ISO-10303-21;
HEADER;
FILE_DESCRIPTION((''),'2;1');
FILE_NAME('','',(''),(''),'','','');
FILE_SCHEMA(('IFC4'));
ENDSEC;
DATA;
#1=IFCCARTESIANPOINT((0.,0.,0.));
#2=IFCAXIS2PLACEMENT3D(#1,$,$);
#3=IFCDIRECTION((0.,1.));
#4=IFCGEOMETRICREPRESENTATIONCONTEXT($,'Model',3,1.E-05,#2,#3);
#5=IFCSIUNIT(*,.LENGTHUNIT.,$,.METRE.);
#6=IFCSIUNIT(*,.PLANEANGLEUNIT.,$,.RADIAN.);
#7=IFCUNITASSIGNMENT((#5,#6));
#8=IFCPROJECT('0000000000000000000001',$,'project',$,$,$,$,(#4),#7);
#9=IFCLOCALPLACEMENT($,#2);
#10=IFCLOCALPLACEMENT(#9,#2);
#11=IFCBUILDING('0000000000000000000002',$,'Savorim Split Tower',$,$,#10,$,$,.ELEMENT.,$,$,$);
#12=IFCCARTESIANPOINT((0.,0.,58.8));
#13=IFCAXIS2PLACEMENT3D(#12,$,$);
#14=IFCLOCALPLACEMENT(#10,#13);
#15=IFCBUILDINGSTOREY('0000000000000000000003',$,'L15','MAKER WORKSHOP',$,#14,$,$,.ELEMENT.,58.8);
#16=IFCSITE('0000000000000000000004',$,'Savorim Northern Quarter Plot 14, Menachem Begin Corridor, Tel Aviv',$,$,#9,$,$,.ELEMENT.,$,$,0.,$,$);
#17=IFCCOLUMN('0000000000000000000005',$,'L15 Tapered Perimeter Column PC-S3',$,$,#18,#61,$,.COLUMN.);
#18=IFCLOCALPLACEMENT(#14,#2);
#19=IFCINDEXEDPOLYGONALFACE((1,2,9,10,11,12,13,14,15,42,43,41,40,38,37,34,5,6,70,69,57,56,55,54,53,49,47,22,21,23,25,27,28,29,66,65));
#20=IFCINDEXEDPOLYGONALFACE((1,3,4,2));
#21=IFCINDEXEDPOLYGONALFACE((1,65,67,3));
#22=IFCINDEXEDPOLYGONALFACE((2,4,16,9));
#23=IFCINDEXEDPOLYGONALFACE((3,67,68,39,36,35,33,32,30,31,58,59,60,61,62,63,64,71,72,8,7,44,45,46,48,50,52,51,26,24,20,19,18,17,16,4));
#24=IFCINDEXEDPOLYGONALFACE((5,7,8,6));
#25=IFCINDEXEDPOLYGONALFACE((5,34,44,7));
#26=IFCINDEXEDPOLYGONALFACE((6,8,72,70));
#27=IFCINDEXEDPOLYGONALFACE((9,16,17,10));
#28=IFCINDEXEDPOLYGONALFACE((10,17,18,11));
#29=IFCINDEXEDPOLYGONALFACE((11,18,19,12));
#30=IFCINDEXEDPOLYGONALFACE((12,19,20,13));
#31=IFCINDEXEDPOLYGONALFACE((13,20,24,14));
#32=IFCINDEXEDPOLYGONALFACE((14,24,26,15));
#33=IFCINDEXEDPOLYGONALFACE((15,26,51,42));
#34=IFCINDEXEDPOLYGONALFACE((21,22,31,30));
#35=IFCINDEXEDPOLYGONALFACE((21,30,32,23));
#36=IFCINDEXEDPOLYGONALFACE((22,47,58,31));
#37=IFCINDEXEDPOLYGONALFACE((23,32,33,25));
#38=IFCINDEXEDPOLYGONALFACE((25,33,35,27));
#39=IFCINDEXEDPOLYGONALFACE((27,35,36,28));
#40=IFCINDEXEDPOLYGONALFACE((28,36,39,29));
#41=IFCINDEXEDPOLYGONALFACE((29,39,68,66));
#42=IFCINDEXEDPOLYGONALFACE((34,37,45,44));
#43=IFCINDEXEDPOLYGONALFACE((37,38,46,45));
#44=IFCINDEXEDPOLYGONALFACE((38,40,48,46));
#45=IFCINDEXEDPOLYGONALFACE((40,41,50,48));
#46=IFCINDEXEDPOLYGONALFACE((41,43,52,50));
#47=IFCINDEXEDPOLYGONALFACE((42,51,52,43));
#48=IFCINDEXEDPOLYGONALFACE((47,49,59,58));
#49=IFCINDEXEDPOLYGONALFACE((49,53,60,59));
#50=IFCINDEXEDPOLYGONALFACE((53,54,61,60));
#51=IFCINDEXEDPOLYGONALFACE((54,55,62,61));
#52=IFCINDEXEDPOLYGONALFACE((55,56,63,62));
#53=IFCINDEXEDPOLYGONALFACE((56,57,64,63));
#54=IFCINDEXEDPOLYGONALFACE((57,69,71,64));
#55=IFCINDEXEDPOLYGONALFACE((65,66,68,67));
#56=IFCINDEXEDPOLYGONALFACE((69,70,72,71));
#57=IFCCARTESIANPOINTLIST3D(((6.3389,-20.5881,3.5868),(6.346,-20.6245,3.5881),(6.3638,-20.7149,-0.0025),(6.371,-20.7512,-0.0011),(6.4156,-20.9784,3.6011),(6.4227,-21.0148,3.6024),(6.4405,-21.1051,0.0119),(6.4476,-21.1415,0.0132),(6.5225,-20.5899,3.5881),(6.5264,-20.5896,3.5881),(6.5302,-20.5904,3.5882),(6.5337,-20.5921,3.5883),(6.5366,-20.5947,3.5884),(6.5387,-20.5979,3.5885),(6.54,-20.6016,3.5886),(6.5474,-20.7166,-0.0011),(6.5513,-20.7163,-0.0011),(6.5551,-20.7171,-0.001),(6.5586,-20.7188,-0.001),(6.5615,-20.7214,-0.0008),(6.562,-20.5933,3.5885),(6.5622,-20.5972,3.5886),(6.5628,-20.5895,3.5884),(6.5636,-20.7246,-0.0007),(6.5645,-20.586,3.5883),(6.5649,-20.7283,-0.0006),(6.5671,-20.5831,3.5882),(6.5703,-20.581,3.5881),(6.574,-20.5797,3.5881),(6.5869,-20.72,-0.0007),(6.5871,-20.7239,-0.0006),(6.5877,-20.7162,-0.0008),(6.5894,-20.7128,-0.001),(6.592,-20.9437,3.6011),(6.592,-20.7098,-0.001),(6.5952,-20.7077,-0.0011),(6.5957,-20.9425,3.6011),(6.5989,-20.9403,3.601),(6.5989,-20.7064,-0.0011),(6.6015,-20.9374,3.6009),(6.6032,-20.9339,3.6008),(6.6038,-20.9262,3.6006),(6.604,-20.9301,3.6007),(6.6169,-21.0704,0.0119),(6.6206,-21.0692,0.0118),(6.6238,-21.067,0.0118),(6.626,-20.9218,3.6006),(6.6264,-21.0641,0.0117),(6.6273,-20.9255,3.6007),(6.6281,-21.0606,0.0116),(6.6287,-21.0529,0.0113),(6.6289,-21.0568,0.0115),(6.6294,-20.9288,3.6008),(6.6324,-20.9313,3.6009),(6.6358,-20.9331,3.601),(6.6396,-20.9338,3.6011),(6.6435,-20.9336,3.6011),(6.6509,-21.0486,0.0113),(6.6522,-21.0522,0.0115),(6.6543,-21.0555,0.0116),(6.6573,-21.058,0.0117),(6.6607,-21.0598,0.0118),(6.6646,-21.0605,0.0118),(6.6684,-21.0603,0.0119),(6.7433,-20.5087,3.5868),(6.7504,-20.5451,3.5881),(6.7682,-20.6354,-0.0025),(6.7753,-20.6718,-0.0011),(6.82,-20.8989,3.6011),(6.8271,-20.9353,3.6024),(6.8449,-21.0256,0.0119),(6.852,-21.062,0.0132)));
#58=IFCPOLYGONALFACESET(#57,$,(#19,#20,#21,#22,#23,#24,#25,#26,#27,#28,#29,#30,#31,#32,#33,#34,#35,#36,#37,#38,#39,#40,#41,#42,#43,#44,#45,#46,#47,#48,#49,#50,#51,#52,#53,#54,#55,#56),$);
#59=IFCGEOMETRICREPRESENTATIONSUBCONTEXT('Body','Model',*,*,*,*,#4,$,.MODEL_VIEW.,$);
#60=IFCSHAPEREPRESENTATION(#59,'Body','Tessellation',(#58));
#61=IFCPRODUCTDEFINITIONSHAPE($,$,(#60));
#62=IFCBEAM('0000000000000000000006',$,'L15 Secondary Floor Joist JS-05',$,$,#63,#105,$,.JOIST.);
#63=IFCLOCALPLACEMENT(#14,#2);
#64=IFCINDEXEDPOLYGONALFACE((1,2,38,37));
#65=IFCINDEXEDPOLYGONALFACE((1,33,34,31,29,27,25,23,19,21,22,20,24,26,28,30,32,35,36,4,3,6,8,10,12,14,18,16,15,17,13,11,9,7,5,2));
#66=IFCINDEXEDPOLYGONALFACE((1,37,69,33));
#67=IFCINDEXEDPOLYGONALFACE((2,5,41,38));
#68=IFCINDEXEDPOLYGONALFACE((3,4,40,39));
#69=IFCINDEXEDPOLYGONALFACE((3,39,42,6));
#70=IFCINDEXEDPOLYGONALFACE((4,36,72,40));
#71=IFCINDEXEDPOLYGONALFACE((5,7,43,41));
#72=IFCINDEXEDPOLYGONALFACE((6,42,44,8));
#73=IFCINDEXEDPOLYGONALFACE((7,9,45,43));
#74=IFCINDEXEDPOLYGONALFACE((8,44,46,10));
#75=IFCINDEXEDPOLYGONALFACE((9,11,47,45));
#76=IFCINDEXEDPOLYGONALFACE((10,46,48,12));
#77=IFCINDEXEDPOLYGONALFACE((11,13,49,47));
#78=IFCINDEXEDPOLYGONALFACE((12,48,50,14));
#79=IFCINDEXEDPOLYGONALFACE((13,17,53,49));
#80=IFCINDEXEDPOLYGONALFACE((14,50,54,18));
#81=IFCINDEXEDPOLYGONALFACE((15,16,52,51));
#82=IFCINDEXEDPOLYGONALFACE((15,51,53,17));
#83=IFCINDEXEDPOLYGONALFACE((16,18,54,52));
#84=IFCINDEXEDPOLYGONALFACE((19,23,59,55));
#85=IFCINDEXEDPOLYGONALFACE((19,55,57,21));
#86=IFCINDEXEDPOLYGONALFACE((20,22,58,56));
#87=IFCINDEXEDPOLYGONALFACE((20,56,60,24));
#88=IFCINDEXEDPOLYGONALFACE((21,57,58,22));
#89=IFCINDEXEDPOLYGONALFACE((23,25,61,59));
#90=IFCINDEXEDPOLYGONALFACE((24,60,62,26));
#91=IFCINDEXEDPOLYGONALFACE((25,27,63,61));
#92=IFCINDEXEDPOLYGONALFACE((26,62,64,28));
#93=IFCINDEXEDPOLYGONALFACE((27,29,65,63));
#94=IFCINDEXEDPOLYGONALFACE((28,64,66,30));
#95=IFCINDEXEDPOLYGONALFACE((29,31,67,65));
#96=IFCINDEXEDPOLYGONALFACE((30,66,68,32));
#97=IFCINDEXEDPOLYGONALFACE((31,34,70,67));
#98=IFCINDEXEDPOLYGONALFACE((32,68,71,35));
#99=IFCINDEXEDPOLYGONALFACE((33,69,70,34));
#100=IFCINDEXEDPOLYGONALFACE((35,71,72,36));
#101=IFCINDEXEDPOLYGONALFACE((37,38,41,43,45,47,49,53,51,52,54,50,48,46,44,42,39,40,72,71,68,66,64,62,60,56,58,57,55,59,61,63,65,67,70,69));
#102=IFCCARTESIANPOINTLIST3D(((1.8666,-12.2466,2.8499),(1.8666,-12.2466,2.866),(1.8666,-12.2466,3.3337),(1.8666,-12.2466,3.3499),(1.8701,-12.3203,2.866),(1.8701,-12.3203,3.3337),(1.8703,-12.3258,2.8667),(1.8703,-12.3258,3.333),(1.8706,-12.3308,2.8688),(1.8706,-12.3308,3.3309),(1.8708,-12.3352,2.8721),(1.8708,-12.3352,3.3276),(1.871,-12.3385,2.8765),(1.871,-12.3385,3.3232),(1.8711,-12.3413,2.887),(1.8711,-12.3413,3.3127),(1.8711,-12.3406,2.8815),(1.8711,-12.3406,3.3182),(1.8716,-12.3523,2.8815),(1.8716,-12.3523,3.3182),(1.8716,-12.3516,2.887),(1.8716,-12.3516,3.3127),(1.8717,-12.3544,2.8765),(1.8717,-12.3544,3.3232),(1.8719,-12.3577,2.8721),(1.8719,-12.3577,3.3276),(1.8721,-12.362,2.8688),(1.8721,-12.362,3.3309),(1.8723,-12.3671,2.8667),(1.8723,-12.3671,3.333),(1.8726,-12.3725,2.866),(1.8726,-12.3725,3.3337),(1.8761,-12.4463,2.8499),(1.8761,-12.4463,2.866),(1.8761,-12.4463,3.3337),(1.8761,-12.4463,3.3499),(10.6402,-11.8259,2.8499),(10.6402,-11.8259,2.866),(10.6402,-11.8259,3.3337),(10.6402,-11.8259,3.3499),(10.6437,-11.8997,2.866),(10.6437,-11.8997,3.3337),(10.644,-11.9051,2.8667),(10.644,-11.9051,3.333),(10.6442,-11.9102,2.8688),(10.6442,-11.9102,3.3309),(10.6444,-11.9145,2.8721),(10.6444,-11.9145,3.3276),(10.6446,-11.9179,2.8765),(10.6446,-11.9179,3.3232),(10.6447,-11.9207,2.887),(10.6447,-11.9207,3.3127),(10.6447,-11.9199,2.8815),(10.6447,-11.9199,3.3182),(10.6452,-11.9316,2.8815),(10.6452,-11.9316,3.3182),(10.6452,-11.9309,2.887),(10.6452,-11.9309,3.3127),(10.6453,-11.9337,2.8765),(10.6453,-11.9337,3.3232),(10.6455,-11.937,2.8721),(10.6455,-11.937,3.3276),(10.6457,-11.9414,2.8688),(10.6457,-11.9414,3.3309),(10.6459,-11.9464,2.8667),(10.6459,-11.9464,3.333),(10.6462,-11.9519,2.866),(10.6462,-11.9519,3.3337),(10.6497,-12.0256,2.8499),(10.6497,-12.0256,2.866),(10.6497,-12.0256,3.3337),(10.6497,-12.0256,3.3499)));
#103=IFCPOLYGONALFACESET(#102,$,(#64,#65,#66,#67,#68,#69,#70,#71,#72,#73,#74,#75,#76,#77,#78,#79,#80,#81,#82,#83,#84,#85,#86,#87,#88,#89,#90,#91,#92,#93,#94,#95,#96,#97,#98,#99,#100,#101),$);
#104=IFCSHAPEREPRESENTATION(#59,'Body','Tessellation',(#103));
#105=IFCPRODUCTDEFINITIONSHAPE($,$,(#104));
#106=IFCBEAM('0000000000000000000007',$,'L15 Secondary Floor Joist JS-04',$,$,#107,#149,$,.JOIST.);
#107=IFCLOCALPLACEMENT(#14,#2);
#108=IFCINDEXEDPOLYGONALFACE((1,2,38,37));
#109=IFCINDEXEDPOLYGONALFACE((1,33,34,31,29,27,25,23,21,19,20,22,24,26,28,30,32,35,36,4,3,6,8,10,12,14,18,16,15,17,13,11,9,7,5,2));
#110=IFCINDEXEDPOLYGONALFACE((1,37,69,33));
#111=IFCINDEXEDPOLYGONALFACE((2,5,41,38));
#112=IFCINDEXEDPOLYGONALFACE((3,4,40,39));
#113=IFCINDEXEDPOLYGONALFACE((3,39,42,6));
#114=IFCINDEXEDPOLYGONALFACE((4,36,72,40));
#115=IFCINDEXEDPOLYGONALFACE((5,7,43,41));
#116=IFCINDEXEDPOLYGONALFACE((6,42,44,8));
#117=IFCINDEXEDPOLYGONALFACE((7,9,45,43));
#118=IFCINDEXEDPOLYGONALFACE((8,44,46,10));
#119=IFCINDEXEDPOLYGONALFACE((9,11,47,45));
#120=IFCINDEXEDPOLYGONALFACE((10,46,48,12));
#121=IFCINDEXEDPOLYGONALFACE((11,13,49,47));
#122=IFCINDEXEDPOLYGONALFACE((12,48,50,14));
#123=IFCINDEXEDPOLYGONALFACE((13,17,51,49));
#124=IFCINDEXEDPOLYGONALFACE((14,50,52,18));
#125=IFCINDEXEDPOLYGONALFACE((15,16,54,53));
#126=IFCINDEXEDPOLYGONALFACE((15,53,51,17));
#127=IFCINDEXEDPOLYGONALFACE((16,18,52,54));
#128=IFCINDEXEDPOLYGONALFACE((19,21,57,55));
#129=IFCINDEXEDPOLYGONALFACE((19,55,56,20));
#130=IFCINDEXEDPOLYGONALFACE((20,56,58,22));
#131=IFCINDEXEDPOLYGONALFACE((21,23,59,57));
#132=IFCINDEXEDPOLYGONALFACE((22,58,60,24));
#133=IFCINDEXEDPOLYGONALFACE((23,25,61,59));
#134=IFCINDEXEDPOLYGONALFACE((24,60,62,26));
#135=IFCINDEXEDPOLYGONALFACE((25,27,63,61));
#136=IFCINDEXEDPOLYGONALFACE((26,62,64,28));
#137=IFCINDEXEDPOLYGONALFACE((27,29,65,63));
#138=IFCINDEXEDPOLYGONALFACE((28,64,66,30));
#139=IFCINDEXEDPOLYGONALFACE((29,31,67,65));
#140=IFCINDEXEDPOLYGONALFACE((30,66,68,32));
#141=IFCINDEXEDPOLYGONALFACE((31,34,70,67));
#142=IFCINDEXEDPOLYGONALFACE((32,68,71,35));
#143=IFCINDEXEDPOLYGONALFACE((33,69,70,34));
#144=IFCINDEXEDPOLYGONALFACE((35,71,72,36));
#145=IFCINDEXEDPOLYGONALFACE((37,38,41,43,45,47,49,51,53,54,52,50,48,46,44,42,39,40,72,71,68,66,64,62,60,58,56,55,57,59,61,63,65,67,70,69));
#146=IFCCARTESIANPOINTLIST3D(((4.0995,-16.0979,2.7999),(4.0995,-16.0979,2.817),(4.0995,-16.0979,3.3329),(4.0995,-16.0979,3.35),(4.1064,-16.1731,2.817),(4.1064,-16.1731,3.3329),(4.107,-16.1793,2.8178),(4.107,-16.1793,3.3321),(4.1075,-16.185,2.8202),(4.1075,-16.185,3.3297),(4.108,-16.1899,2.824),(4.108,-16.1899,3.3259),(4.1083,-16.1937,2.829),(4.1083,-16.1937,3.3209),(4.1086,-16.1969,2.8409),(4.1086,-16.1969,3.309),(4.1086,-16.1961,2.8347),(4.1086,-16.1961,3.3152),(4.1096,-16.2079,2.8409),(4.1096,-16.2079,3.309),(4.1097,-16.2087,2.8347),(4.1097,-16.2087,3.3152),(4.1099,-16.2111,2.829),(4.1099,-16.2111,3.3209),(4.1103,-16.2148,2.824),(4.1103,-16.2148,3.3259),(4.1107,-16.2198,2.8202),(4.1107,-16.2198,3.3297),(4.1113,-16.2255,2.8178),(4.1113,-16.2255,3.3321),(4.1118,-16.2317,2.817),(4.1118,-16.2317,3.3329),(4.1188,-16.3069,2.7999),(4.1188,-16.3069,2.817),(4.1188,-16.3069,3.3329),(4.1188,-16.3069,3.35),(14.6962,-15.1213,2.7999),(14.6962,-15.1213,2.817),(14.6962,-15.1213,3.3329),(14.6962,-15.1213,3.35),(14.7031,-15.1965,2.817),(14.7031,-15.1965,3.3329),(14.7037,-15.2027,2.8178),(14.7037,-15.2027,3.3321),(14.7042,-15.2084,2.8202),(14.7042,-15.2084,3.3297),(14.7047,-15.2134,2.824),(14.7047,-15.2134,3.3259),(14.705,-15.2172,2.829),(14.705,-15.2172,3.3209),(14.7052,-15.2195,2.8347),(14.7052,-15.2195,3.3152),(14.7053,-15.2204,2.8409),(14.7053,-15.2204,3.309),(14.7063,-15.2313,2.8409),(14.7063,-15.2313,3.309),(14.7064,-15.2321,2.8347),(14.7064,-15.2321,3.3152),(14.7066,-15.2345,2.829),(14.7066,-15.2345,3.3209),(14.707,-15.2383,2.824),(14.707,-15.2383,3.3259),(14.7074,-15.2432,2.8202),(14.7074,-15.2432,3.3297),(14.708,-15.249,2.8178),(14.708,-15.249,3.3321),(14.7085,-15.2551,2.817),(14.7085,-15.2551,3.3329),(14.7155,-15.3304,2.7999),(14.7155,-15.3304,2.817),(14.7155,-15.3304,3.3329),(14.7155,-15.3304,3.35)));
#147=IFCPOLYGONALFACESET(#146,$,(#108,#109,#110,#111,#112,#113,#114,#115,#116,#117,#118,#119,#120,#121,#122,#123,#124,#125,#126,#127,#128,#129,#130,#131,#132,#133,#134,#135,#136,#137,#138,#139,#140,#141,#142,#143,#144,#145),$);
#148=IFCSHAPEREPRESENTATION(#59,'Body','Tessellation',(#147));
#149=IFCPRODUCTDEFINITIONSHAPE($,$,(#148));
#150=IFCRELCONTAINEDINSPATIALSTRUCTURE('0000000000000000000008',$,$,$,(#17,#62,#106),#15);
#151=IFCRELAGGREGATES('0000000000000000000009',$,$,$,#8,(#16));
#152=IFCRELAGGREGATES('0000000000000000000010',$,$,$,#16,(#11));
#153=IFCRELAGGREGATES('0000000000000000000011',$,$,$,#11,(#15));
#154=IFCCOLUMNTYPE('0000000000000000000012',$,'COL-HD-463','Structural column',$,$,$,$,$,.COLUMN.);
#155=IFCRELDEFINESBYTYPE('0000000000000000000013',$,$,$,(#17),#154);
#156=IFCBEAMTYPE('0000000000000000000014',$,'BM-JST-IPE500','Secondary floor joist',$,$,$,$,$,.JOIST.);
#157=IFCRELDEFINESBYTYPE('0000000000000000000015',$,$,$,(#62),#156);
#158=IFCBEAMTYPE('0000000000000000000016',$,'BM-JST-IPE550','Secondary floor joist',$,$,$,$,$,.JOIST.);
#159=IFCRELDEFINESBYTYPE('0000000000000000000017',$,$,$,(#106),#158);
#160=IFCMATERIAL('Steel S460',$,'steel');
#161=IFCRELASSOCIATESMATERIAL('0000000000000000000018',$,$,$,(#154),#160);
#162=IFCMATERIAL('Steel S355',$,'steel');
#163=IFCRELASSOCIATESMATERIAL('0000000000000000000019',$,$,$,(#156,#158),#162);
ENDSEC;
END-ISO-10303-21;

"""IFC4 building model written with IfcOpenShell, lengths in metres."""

from ifc_helpers import new_model, si_unit, direction, frame, origin, origin_2d, place, context, subcontext, project, spatial, i_section, extrude, material, material_profile, profile_set, type_object, element, save


model = new_model("IFC4")

# Units and contexts
model_context = context("Model", 3, precision=1e-05, world=origin(), true_north=direction((0.0, 1.0)))
body_context = subcontext(model_context, "Body", "Model", "MODEL_VIEW")
ifc_project = project(units=[si_unit("LENGTHUNIT", "METRE"), si_unit("PLANEANGLEUNIT", "RADIAN")], contexts=[model_context])

# Site, building, storey
site_placement = place(None, origin())
site = spatial("IfcSite", under=ifc_project, at=site_placement, Name="Savorim Northern Quarter Plot 14, Menachem Begin Corridor, Tel Aviv", CompositionType="ELEMENT", RefElevation=0.0)
building_placement = place(site_placement, origin())
building = spatial("IfcBuilding", under=site, at=building_placement, Name="Savorim Split Tower", CompositionType="ELEMENT")
storey_placement = place(building_placement, frame((0.0, 0.0, 58.8)))
storey = spatial("IfcBuildingStorey", under=building, at=storey_placement, Name="L15", Description="MAKER WORKSHOP", CompositionType="ELEMENT", Elevation=58.8)

# Column
ifc_material_1 = material(Name="Steel S460", Category="steel")
ifc_material_profile_1 = material_profile(ifc_material_1, i_section(OverallWidth=0.4121, OverallDepth=0.4351, WebThickness=0.0227, FlangeThickness=0.0371, FilletRadius=0.0149, at=origin_2d()), Name="HD 400x463")
ifc_profile_set_1 = profile_set([ifc_material_profile_1], Name="Steel S460")
column_type = type_object("IfcColumnType", Name="COL-HD-463", Description="Structural column", PredefinedType="COLUMN", material=ifc_profile_set_1)
column_placement = place(storey_placement, frame((6.6079, -20.8884, 0.0054), z_axis=(-0.006934, 0.035281, 0.999353), x_axis=(-0.98123, -0.192843, 0.0)))
element("IfcColumn", 1, at=column_placement, inside=storey, type_object=column_type, Name="L15 Tapered Perimeter Column PC-S3", PredefinedType="COLUMN", context=body_context, shape_type="SweptSolid", body=[
    extrude(i_section(OverallWidth=0.4121, OverallDepth=0.4351, WebThickness=0.0227, FlangeThickness=0.0371, FilletRadius=0.0149, at=origin_2d()), origin(), (0.0, 0.0, 1.0), 3.5916),
])

# Beams
ifc_material_2 = material(Name="Steel S355", Category="steel")
ifc_material_profile_2 = material_profile(ifc_material_2, i_section(OverallWidth=0.2, OverallDepth=0.5, WebThickness=0.0103, FlangeThickness=0.0161, FilletRadius=0.021, at=origin_2d()), Name="IPE 500")
ifc_profile_set_2 = profile_set([ifc_material_profile_2], Name="Steel S355")
beam_type_1 = type_object("IfcBeamType", Name="BM-JST-IPE500", Description="Secondary floor joist", PredefinedType="JOIST", material=ifc_profile_set_2)
beam_1_placement = place(storey_placement, frame((1.8713, -12.3464, 3.0999), z_axis=(0.998853, 0.04789, 0.0), x_axis=(-0.04789, 0.998853, 0.0)))
element("IfcBeam", 2, at=beam_1_placement, inside=storey, type_object=beam_type_1, Name="L15 Secondary Floor Joist JS-05", PredefinedType="JOIST", context=body_context, shape_type="SweptSolid", body=[
    extrude(i_section(OverallWidth=0.2, OverallDepth=0.5, WebThickness=0.0103, FlangeThickness=0.0161, FilletRadius=0.021, at=origin_2d()), origin(), (0.0, 0.0, 1.0), 8.7837),
])
ifc_material_profile_3 = material_profile(ifc_material_2, i_section(OverallWidth=0.21, OverallDepth=0.55, WebThickness=0.011, FlangeThickness=0.0171, FilletRadius=0.0239, at=origin_2d()), Name="IPE 550")
ifc_profile_set_3 = profile_set([ifc_material_profile_3], Name="Steel S355")
beam_type_2 = type_object("IfcBeamType", Name="BM-JST-IPE550", Description="Secondary floor joist", PredefinedType="JOIST", material=ifc_profile_set_3)
beam_2_placement = place(storey_placement, frame((4.1091, -16.2024, 3.075), z_axis=(0.99578, 0.091769, 0.0), x_axis=(-0.091769, 0.99578, 0.0)))
element("IfcBeam", 3, at=beam_2_placement, inside=storey, type_object=beam_type_2, Name="L15 Secondary Floor Joist JS-04", PredefinedType="JOIST", context=body_context, shape_type="SweptSolid", body=[
    extrude(i_section(OverallWidth=0.21, OverallDepth=0.55, WebThickness=0.011, FlangeThickness=0.0171, FilletRadius=0.0239, at=origin_2d()), origin(), (0.0, 0.0, 1.0), 10.6416),
])

save(model, "model.ifc")
